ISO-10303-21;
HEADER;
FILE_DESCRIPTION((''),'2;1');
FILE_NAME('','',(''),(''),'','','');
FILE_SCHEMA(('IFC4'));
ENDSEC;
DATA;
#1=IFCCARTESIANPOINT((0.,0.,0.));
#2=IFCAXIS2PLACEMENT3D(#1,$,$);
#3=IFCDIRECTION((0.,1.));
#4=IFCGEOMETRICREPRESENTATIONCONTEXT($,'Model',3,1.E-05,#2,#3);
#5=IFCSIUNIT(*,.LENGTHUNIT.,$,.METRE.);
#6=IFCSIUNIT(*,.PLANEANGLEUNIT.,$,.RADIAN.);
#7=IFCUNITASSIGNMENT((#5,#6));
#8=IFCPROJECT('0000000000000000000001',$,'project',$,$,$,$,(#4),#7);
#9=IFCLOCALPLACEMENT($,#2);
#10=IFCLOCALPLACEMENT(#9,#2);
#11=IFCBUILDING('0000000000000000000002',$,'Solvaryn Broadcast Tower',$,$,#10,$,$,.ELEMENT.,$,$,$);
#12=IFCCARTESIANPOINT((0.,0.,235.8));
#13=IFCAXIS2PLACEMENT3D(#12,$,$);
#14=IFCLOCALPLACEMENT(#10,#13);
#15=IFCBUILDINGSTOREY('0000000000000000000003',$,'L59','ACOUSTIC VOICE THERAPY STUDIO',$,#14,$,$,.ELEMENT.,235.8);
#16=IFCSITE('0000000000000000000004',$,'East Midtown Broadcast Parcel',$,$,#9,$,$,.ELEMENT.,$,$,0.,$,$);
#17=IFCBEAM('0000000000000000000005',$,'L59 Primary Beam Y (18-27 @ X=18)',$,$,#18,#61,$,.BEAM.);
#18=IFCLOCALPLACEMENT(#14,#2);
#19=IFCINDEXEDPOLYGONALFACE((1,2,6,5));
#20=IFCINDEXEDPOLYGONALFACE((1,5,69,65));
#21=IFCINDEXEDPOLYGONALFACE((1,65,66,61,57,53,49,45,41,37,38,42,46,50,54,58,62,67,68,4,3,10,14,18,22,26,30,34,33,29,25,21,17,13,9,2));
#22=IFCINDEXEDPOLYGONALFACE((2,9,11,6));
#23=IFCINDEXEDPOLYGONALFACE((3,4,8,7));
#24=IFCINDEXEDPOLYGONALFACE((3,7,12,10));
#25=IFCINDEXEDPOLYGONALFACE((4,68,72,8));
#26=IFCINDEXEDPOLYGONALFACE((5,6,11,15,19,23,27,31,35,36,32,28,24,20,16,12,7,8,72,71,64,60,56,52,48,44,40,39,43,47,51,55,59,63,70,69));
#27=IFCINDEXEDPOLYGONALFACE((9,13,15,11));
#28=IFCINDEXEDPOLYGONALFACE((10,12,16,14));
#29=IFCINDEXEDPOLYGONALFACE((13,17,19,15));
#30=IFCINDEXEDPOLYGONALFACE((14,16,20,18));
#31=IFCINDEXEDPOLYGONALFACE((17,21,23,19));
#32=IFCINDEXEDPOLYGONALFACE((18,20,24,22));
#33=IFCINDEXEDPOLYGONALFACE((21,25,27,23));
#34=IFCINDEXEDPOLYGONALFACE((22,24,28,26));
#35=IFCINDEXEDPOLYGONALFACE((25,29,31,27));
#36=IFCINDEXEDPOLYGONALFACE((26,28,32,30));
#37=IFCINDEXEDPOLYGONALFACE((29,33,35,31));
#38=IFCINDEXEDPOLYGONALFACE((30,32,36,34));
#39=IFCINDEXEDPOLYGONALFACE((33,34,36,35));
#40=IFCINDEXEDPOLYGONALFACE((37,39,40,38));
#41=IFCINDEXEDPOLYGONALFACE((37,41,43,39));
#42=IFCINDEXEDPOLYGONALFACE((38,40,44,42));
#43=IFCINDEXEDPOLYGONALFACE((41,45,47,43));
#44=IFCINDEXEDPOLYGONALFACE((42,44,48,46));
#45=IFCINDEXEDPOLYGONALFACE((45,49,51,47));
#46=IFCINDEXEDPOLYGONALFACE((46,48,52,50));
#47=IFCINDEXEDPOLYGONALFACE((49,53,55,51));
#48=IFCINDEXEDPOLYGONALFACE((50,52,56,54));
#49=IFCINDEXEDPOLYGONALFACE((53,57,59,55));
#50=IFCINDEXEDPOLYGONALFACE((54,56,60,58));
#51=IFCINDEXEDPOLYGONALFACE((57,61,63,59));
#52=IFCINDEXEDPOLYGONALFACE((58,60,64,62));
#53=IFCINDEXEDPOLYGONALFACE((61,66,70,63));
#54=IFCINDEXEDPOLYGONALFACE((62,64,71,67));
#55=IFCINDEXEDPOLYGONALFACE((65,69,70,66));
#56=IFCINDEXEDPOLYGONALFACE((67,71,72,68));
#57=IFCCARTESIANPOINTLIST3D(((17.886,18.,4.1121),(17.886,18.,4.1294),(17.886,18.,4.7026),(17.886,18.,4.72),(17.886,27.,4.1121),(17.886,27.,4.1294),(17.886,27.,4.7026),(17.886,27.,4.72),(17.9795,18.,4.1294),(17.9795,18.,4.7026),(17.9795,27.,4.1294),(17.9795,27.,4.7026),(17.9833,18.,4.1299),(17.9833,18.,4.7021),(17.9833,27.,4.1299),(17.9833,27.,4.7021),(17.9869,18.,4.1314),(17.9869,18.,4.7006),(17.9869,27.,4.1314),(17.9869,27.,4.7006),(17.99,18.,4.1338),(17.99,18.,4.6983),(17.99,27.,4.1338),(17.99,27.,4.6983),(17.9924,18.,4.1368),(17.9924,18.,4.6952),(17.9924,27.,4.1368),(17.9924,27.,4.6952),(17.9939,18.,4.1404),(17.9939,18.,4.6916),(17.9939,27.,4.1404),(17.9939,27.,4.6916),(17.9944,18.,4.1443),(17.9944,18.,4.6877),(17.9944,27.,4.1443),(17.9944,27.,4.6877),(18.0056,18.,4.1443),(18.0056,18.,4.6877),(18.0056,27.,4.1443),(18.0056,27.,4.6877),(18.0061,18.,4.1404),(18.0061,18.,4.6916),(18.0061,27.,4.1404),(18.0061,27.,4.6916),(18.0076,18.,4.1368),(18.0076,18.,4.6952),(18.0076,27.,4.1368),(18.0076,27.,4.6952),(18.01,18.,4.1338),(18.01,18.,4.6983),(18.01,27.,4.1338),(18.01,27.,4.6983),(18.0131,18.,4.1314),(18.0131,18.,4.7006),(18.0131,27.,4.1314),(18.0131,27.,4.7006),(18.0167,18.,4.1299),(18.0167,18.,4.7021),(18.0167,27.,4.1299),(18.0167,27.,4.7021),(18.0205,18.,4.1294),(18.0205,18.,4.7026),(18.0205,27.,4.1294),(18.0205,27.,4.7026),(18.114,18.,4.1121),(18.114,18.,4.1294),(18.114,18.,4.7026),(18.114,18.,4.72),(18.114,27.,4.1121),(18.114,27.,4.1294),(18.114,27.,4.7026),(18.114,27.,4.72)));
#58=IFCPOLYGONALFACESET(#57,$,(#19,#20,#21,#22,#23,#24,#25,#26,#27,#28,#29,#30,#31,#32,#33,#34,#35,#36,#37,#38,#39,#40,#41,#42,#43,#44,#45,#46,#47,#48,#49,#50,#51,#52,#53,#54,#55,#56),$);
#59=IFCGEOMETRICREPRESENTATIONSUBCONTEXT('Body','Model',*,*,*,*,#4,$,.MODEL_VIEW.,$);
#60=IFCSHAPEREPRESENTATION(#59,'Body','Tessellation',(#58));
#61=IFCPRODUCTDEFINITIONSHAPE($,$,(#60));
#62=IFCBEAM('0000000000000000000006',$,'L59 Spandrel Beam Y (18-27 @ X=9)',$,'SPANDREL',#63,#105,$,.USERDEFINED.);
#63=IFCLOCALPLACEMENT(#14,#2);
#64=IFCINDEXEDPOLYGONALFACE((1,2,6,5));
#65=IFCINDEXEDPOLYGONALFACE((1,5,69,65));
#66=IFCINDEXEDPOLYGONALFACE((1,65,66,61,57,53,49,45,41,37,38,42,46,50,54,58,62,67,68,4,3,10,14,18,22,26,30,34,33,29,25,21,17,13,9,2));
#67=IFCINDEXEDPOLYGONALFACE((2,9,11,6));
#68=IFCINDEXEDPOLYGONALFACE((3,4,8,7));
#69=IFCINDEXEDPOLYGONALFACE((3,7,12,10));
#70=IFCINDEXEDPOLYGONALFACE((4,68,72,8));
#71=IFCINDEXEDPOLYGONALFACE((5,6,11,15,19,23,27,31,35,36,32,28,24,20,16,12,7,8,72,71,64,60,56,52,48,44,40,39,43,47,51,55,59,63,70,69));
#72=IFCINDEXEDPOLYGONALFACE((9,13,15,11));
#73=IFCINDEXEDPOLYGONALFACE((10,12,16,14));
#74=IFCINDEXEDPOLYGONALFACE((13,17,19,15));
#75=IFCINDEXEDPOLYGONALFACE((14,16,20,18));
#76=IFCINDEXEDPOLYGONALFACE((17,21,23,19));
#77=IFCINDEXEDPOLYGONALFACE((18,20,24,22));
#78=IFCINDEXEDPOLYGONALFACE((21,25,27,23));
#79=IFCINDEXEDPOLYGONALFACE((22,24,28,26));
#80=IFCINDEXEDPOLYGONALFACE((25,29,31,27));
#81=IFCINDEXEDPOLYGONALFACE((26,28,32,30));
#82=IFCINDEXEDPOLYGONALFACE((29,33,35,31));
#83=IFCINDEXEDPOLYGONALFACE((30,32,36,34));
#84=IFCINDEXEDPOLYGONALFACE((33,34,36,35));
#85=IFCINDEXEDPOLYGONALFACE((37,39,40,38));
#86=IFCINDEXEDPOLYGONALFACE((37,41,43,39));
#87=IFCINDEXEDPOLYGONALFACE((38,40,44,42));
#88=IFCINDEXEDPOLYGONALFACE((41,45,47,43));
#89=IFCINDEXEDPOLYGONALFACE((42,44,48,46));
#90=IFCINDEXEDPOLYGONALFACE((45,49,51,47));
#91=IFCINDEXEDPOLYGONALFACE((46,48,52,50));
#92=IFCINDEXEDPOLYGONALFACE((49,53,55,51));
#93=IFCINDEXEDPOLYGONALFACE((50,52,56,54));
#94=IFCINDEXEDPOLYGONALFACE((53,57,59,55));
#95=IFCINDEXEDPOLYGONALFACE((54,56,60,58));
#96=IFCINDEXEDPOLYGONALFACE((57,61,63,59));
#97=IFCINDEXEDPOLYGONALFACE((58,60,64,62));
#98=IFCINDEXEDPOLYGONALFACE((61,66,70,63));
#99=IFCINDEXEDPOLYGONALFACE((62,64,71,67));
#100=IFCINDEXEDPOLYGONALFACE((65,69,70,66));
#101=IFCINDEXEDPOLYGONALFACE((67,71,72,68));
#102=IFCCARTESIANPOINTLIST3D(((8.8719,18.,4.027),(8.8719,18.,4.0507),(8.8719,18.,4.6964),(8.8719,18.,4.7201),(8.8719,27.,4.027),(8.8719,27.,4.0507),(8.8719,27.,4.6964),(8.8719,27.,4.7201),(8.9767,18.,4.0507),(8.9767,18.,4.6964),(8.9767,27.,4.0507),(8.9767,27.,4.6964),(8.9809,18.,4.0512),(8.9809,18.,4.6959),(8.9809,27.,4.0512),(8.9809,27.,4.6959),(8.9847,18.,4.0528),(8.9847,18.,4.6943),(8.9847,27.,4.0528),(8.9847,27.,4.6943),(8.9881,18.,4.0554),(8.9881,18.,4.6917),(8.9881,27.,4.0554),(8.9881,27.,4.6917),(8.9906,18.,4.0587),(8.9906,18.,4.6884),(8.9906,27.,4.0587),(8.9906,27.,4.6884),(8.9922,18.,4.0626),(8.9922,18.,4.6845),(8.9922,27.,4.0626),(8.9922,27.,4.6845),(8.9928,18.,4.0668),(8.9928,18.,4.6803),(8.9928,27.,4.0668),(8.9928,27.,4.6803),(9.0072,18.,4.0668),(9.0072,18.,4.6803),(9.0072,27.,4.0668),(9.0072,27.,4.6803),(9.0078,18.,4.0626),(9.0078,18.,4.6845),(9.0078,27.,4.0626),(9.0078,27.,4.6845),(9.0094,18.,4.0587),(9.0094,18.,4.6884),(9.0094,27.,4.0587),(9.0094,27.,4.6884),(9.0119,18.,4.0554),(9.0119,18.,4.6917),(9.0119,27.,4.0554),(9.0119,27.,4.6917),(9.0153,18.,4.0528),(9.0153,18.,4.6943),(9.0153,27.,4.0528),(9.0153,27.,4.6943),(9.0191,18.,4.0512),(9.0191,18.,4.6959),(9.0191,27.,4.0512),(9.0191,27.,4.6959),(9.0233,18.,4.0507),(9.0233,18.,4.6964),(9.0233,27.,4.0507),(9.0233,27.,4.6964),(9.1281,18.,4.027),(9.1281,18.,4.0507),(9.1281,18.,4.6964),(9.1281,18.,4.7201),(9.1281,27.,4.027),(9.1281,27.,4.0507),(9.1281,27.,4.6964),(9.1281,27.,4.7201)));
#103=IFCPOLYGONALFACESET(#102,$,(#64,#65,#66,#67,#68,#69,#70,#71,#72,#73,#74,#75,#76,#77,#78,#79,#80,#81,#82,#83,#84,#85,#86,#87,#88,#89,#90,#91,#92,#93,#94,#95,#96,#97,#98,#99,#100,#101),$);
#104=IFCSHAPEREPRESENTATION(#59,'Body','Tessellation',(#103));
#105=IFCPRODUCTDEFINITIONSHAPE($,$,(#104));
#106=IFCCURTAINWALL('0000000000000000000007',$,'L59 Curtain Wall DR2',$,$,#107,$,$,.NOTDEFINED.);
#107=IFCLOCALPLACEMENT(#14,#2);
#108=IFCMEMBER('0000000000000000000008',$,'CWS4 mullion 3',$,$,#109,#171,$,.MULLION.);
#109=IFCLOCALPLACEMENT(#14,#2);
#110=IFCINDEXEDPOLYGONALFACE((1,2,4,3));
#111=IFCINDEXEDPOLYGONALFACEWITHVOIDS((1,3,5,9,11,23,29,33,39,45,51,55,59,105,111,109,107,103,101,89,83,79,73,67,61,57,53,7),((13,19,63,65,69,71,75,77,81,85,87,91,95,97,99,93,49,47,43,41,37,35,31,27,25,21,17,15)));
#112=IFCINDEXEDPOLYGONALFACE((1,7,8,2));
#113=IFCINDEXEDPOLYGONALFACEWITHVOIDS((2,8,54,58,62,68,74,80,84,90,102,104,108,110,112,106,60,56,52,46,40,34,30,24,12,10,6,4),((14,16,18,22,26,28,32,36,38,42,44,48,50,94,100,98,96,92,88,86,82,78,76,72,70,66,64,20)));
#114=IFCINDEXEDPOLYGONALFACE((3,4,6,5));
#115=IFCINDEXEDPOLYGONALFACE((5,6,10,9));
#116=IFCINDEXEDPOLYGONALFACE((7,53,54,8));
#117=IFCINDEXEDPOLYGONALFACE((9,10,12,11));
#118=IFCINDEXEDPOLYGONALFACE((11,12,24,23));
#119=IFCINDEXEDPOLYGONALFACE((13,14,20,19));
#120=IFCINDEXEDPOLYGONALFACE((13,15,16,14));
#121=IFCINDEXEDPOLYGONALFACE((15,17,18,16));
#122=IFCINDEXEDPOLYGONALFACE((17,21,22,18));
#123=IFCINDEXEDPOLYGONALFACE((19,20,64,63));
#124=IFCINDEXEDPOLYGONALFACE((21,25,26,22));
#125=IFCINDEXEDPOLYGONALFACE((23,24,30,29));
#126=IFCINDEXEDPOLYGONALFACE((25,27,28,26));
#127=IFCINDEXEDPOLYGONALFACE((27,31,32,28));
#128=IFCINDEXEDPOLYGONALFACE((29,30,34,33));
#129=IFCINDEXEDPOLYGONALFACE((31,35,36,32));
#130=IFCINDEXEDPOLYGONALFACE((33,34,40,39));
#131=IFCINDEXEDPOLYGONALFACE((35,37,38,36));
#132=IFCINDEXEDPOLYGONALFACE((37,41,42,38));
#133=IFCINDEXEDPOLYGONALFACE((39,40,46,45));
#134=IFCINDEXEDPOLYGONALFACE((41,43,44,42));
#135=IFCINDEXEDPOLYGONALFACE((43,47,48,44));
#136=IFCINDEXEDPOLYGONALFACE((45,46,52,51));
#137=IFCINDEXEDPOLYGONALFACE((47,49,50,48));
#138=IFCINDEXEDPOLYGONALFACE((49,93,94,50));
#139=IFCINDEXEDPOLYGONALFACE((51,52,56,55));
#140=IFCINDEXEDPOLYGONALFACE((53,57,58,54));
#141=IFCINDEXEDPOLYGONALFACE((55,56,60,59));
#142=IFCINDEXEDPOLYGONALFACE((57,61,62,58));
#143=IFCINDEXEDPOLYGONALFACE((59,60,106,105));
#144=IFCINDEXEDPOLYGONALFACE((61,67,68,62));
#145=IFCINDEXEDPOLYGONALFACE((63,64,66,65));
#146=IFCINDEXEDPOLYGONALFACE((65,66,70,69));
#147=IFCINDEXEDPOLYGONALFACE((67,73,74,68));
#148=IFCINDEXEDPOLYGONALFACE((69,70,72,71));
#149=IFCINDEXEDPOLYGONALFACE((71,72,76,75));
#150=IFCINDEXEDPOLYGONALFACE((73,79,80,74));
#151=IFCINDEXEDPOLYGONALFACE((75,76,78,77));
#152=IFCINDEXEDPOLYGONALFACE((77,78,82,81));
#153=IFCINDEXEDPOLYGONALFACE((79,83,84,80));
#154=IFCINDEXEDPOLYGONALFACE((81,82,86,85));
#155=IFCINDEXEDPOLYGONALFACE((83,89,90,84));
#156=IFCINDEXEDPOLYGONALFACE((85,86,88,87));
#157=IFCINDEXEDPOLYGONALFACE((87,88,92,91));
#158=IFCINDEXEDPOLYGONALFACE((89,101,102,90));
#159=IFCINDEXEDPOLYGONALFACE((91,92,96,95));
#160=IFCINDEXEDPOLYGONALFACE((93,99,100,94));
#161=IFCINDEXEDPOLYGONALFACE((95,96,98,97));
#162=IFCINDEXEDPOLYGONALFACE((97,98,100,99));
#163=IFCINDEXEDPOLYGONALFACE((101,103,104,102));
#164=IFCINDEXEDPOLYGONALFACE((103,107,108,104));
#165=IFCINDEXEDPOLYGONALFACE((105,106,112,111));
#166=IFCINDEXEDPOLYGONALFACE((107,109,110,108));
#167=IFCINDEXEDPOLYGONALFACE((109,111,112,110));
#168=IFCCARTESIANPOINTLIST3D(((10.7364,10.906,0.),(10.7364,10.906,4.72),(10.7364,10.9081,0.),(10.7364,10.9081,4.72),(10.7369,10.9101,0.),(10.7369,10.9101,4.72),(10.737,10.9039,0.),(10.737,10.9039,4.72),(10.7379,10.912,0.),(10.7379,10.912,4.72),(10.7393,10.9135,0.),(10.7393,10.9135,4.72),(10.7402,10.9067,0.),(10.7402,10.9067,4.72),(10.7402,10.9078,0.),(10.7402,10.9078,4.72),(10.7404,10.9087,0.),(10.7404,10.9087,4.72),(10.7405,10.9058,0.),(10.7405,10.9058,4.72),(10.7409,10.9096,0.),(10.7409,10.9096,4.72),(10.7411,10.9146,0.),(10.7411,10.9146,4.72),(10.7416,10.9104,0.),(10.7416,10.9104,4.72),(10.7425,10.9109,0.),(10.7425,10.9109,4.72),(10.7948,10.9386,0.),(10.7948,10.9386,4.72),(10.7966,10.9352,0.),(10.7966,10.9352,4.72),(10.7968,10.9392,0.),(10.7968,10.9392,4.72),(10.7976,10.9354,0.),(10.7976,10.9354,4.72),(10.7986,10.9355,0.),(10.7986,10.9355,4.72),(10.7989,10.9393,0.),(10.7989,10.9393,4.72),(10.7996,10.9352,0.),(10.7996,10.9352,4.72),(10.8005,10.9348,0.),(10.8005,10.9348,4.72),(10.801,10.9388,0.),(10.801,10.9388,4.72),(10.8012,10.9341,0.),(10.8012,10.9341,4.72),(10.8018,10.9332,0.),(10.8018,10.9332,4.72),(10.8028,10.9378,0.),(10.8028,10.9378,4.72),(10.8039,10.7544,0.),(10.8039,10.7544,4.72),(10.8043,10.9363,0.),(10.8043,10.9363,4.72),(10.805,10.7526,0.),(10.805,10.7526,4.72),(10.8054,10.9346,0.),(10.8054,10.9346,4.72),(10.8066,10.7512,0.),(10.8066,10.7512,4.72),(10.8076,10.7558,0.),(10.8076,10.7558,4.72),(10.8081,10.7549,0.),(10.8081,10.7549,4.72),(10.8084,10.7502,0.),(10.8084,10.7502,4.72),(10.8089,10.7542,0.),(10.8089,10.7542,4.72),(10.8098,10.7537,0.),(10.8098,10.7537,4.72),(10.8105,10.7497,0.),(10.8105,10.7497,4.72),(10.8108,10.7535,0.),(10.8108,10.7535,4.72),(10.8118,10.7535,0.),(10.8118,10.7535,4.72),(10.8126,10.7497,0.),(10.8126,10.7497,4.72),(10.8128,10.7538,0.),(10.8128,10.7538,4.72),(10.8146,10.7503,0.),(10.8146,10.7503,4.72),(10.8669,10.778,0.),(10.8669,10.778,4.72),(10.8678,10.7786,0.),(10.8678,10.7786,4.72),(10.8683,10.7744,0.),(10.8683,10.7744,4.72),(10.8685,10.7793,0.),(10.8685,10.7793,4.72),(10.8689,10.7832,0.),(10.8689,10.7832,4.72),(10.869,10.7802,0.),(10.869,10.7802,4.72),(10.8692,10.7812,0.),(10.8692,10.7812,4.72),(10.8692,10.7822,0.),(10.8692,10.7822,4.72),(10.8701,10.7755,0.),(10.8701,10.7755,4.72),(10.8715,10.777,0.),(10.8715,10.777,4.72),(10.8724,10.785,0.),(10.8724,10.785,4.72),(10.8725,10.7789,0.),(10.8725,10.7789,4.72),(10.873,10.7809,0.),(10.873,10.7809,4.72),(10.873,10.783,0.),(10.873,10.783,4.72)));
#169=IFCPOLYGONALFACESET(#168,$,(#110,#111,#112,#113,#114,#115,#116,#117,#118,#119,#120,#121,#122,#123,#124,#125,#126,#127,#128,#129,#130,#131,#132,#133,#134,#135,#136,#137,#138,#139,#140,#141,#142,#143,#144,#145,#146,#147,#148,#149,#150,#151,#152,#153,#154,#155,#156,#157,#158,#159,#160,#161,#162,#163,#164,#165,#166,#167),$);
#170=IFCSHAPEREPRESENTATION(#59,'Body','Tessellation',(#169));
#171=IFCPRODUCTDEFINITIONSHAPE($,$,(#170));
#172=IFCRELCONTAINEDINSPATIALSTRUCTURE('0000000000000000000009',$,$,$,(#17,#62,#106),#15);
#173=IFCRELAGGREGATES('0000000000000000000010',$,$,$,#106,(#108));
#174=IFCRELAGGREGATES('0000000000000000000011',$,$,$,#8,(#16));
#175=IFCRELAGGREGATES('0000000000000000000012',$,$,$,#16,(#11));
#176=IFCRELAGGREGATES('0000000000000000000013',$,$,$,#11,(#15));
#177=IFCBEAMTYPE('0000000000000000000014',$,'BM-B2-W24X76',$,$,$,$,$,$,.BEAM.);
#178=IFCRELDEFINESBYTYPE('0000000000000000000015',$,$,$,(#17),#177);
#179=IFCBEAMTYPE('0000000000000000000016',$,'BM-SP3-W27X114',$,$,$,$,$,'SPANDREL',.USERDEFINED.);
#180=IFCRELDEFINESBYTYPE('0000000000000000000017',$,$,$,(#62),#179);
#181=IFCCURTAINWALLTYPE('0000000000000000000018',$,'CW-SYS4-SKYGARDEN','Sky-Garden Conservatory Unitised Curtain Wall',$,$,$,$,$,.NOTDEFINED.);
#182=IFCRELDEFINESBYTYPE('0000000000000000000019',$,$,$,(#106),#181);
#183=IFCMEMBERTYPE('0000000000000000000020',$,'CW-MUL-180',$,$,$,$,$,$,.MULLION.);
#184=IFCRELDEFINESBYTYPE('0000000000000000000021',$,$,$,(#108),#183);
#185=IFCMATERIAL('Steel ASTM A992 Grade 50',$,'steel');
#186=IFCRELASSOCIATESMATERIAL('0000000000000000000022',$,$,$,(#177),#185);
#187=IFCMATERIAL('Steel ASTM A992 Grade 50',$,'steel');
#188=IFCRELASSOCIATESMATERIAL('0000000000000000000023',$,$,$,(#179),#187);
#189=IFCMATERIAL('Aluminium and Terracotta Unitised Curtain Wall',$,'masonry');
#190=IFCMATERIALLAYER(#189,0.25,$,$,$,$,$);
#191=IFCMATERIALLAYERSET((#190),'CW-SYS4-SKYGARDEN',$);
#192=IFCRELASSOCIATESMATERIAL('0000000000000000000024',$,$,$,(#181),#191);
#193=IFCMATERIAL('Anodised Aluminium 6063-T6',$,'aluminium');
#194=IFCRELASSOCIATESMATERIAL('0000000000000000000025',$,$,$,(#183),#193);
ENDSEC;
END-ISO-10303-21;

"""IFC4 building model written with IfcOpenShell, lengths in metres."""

from ifc_helpers import new_model, si_unit, direction, frame, origin, origin_2d, place, context, subcontext, project, spatial, hollow_rectangle, i_section, extrude, material, layer, layer_set, material_profile, profile_set, type_object, element, aggregate, save


model = new_model("IFC4")

# Units and contexts
model_context = context("Model", 3, precision=1e-05, world=origin(), true_north=direction((0.0, 1.0)))
body_context = subcontext(model_context, "Body", "Model", "MODEL_VIEW")
ifc_project = project(units=[si_unit("LENGTHUNIT", "METRE"), si_unit("PLANEANGLEUNIT", "RADIAN")], contexts=[model_context])

# Site, building, storey
site_placement = place(None, origin())
site = spatial("IfcSite", under=ifc_project, at=site_placement, Name="East Midtown Broadcast Parcel", CompositionType="ELEMENT", RefElevation=0.0)
building_placement = place(site_placement, origin())
building = spatial("IfcBuilding", under=site, at=building_placement, Name="Solvaryn Broadcast Tower", CompositionType="ELEMENT")
storey_placement = place(building_placement, frame((0.0, 0.0, 235.8)))
storey = spatial("IfcBuildingStorey", under=building, at=storey_placement, Name="L59", Description="ACOUSTIC VOICE THERAPY STUDIO", CompositionType="ELEMENT", Elevation=235.8)

# Beams
ifc_material_1 = material(Name="Steel ASTM A992 Grade 50", Category="steel")
ifc_material_profile_1 = material_profile(ifc_material_1, i_section(OverallWidth=0.228, OverallDepth=0.6079, WebThickness=0.0112, FlangeThickness=0.0173, FilletRadius=0.0149, at=origin_2d()))
ifc_profile_set_1 = profile_set([ifc_material_profile_1], Name="Steel ASTM A992 Grade 50")
beam_type_1 = type_object("IfcBeamType", Name="BM-B2-W24X76", PredefinedType="BEAM", material=ifc_profile_set_1)
beam_1_placement = place(storey_placement, frame((18.0, 18.0, 4.416), z_axis=(0.0, 1.0, 0.0), x_axis=(-1.0, 0.0, 0.0)))
element("IfcBeam", 1, at=beam_1_placement, inside=storey, type_object=beam_type_1, Name="L59 Primary Beam Y (18-27 @ X=18)", PredefinedType="BEAM", context=body_context, shape_type="SweptSolid", body=[
    extrude(i_section(OverallWidth=0.228, OverallDepth=0.6079, WebThickness=0.0112, FlangeThickness=0.0173, FilletRadius=0.0149, at=origin_2d()), origin(), (0.0, 0.0, 1.0), 9.0),
])
ifc_material_2 = material(Name="Steel ASTM A992 Grade 50", Category="steel")
ifc_material_profile_2 = material_profile(ifc_material_2, i_section(OverallWidth=0.2561, OverallDepth=0.6931, WebThickness=0.0144, FlangeThickness=0.0237, FilletRadius=0.0161, at=origin_2d()))
ifc_profile_set_2 = profile_set([ifc_material_profile_2], Name="Steel ASTM A992 Grade 50")
beam_type_2 = type_object("IfcBeamType", Name="BM-SP3-W27X114", ElementType="SPANDREL", PredefinedType="USERDEFINED", material=ifc_profile_set_2)
beam_2_placement = place(storey_placement, frame((9.0, 18.0, 4.3735), z_axis=(0.0, 1.0, 0.0), x_axis=(-1.0, 0.0, 0.0)))
element("IfcBeam", 2, at=beam_2_placement, inside=storey, type_object=beam_type_2, Name="L59 Spandrel Beam Y (18-27 @ X=9)", ObjectType="SPANDREL", PredefinedType="USERDEFINED", context=body_context, shape_type="SweptSolid", body=[
    extrude(i_section(OverallWidth=0.2561, OverallDepth=0.6931, WebThickness=0.0144, FlangeThickness=0.0237, FilletRadius=0.0161, at=origin_2d()), origin(), (0.0, 0.0, 1.0), 9.0),
])

# Curtain wall, member
ifc_material_3 = material(Name="Aluminium and Terracotta Unitised Curtain Wall", Category="masonry")
ifc_layer_1 = layer(ifc_material_3, 0.25)
ifc_layer_set_1 = layer_set([ifc_layer_1], Name="CW-SYS4-SKYGARDEN")
curtain_wall_type = type_object("IfcCurtainWallType", Name="CW-SYS4-SKYGARDEN", Description="Sky-Garden Conservatory Unitised Curtain Wall", PredefinedType="NOTDEFINED", material=ifc_layer_set_1)
curtain_wall_1_placement = place(storey_placement, origin())
curtain_wall_1 = element("IfcCurtainWall", 3, at=curtain_wall_1_placement, inside=storey, type_object=curtain_wall_type, Name="L59 Curtain Wall DR2", PredefinedType="NOTDEFINED")
ifc_material_4 = material(Name="Anodised Aluminium 6063-T6", Category="aluminium")
ifc_material_profile_3 = material_profile(ifc_material_4, hollow_rectangle(XDim=0.075, YDim=0.1799, WallThickness=0.0039, InnerFilletRadius=0.0039, OuterFilletRadius=0.0081, at=origin_2d()))
ifc_profile_set_3 = profile_set([ifc_material_profile_3], Name="Anodised Aluminium 6063-T6")
member_type_1 = type_object("IfcMemberType", Name="CW-MUL-180", PredefinedType="MULLION", material=ifc_profile_set_3)
member_1_placement = place(storey_placement, frame((10.8047, 10.8445, 0.0), z_axis=(0.0, 0.0, 1.0), x_axis=(0.912774, 0.408466, 0.0)))
member_1 = element("IfcMember", 4, at=member_1_placement, type_object=member_type_1, Name="CWS4 mullion 3", PredefinedType="MULLION", context=body_context, shape_type="SweptSolid", body=[
    extrude(hollow_rectangle(XDim=0.075, YDim=0.1799, WallThickness=0.0039, InnerFilletRadius=0.0039, OuterFilletRadius=0.0081, at=origin_2d()), origin(), (0.0, 0.0, 1.0), 4.72),
])

aggregate(curtain_wall_1, [member_1])

save(model, "model.ifc")
